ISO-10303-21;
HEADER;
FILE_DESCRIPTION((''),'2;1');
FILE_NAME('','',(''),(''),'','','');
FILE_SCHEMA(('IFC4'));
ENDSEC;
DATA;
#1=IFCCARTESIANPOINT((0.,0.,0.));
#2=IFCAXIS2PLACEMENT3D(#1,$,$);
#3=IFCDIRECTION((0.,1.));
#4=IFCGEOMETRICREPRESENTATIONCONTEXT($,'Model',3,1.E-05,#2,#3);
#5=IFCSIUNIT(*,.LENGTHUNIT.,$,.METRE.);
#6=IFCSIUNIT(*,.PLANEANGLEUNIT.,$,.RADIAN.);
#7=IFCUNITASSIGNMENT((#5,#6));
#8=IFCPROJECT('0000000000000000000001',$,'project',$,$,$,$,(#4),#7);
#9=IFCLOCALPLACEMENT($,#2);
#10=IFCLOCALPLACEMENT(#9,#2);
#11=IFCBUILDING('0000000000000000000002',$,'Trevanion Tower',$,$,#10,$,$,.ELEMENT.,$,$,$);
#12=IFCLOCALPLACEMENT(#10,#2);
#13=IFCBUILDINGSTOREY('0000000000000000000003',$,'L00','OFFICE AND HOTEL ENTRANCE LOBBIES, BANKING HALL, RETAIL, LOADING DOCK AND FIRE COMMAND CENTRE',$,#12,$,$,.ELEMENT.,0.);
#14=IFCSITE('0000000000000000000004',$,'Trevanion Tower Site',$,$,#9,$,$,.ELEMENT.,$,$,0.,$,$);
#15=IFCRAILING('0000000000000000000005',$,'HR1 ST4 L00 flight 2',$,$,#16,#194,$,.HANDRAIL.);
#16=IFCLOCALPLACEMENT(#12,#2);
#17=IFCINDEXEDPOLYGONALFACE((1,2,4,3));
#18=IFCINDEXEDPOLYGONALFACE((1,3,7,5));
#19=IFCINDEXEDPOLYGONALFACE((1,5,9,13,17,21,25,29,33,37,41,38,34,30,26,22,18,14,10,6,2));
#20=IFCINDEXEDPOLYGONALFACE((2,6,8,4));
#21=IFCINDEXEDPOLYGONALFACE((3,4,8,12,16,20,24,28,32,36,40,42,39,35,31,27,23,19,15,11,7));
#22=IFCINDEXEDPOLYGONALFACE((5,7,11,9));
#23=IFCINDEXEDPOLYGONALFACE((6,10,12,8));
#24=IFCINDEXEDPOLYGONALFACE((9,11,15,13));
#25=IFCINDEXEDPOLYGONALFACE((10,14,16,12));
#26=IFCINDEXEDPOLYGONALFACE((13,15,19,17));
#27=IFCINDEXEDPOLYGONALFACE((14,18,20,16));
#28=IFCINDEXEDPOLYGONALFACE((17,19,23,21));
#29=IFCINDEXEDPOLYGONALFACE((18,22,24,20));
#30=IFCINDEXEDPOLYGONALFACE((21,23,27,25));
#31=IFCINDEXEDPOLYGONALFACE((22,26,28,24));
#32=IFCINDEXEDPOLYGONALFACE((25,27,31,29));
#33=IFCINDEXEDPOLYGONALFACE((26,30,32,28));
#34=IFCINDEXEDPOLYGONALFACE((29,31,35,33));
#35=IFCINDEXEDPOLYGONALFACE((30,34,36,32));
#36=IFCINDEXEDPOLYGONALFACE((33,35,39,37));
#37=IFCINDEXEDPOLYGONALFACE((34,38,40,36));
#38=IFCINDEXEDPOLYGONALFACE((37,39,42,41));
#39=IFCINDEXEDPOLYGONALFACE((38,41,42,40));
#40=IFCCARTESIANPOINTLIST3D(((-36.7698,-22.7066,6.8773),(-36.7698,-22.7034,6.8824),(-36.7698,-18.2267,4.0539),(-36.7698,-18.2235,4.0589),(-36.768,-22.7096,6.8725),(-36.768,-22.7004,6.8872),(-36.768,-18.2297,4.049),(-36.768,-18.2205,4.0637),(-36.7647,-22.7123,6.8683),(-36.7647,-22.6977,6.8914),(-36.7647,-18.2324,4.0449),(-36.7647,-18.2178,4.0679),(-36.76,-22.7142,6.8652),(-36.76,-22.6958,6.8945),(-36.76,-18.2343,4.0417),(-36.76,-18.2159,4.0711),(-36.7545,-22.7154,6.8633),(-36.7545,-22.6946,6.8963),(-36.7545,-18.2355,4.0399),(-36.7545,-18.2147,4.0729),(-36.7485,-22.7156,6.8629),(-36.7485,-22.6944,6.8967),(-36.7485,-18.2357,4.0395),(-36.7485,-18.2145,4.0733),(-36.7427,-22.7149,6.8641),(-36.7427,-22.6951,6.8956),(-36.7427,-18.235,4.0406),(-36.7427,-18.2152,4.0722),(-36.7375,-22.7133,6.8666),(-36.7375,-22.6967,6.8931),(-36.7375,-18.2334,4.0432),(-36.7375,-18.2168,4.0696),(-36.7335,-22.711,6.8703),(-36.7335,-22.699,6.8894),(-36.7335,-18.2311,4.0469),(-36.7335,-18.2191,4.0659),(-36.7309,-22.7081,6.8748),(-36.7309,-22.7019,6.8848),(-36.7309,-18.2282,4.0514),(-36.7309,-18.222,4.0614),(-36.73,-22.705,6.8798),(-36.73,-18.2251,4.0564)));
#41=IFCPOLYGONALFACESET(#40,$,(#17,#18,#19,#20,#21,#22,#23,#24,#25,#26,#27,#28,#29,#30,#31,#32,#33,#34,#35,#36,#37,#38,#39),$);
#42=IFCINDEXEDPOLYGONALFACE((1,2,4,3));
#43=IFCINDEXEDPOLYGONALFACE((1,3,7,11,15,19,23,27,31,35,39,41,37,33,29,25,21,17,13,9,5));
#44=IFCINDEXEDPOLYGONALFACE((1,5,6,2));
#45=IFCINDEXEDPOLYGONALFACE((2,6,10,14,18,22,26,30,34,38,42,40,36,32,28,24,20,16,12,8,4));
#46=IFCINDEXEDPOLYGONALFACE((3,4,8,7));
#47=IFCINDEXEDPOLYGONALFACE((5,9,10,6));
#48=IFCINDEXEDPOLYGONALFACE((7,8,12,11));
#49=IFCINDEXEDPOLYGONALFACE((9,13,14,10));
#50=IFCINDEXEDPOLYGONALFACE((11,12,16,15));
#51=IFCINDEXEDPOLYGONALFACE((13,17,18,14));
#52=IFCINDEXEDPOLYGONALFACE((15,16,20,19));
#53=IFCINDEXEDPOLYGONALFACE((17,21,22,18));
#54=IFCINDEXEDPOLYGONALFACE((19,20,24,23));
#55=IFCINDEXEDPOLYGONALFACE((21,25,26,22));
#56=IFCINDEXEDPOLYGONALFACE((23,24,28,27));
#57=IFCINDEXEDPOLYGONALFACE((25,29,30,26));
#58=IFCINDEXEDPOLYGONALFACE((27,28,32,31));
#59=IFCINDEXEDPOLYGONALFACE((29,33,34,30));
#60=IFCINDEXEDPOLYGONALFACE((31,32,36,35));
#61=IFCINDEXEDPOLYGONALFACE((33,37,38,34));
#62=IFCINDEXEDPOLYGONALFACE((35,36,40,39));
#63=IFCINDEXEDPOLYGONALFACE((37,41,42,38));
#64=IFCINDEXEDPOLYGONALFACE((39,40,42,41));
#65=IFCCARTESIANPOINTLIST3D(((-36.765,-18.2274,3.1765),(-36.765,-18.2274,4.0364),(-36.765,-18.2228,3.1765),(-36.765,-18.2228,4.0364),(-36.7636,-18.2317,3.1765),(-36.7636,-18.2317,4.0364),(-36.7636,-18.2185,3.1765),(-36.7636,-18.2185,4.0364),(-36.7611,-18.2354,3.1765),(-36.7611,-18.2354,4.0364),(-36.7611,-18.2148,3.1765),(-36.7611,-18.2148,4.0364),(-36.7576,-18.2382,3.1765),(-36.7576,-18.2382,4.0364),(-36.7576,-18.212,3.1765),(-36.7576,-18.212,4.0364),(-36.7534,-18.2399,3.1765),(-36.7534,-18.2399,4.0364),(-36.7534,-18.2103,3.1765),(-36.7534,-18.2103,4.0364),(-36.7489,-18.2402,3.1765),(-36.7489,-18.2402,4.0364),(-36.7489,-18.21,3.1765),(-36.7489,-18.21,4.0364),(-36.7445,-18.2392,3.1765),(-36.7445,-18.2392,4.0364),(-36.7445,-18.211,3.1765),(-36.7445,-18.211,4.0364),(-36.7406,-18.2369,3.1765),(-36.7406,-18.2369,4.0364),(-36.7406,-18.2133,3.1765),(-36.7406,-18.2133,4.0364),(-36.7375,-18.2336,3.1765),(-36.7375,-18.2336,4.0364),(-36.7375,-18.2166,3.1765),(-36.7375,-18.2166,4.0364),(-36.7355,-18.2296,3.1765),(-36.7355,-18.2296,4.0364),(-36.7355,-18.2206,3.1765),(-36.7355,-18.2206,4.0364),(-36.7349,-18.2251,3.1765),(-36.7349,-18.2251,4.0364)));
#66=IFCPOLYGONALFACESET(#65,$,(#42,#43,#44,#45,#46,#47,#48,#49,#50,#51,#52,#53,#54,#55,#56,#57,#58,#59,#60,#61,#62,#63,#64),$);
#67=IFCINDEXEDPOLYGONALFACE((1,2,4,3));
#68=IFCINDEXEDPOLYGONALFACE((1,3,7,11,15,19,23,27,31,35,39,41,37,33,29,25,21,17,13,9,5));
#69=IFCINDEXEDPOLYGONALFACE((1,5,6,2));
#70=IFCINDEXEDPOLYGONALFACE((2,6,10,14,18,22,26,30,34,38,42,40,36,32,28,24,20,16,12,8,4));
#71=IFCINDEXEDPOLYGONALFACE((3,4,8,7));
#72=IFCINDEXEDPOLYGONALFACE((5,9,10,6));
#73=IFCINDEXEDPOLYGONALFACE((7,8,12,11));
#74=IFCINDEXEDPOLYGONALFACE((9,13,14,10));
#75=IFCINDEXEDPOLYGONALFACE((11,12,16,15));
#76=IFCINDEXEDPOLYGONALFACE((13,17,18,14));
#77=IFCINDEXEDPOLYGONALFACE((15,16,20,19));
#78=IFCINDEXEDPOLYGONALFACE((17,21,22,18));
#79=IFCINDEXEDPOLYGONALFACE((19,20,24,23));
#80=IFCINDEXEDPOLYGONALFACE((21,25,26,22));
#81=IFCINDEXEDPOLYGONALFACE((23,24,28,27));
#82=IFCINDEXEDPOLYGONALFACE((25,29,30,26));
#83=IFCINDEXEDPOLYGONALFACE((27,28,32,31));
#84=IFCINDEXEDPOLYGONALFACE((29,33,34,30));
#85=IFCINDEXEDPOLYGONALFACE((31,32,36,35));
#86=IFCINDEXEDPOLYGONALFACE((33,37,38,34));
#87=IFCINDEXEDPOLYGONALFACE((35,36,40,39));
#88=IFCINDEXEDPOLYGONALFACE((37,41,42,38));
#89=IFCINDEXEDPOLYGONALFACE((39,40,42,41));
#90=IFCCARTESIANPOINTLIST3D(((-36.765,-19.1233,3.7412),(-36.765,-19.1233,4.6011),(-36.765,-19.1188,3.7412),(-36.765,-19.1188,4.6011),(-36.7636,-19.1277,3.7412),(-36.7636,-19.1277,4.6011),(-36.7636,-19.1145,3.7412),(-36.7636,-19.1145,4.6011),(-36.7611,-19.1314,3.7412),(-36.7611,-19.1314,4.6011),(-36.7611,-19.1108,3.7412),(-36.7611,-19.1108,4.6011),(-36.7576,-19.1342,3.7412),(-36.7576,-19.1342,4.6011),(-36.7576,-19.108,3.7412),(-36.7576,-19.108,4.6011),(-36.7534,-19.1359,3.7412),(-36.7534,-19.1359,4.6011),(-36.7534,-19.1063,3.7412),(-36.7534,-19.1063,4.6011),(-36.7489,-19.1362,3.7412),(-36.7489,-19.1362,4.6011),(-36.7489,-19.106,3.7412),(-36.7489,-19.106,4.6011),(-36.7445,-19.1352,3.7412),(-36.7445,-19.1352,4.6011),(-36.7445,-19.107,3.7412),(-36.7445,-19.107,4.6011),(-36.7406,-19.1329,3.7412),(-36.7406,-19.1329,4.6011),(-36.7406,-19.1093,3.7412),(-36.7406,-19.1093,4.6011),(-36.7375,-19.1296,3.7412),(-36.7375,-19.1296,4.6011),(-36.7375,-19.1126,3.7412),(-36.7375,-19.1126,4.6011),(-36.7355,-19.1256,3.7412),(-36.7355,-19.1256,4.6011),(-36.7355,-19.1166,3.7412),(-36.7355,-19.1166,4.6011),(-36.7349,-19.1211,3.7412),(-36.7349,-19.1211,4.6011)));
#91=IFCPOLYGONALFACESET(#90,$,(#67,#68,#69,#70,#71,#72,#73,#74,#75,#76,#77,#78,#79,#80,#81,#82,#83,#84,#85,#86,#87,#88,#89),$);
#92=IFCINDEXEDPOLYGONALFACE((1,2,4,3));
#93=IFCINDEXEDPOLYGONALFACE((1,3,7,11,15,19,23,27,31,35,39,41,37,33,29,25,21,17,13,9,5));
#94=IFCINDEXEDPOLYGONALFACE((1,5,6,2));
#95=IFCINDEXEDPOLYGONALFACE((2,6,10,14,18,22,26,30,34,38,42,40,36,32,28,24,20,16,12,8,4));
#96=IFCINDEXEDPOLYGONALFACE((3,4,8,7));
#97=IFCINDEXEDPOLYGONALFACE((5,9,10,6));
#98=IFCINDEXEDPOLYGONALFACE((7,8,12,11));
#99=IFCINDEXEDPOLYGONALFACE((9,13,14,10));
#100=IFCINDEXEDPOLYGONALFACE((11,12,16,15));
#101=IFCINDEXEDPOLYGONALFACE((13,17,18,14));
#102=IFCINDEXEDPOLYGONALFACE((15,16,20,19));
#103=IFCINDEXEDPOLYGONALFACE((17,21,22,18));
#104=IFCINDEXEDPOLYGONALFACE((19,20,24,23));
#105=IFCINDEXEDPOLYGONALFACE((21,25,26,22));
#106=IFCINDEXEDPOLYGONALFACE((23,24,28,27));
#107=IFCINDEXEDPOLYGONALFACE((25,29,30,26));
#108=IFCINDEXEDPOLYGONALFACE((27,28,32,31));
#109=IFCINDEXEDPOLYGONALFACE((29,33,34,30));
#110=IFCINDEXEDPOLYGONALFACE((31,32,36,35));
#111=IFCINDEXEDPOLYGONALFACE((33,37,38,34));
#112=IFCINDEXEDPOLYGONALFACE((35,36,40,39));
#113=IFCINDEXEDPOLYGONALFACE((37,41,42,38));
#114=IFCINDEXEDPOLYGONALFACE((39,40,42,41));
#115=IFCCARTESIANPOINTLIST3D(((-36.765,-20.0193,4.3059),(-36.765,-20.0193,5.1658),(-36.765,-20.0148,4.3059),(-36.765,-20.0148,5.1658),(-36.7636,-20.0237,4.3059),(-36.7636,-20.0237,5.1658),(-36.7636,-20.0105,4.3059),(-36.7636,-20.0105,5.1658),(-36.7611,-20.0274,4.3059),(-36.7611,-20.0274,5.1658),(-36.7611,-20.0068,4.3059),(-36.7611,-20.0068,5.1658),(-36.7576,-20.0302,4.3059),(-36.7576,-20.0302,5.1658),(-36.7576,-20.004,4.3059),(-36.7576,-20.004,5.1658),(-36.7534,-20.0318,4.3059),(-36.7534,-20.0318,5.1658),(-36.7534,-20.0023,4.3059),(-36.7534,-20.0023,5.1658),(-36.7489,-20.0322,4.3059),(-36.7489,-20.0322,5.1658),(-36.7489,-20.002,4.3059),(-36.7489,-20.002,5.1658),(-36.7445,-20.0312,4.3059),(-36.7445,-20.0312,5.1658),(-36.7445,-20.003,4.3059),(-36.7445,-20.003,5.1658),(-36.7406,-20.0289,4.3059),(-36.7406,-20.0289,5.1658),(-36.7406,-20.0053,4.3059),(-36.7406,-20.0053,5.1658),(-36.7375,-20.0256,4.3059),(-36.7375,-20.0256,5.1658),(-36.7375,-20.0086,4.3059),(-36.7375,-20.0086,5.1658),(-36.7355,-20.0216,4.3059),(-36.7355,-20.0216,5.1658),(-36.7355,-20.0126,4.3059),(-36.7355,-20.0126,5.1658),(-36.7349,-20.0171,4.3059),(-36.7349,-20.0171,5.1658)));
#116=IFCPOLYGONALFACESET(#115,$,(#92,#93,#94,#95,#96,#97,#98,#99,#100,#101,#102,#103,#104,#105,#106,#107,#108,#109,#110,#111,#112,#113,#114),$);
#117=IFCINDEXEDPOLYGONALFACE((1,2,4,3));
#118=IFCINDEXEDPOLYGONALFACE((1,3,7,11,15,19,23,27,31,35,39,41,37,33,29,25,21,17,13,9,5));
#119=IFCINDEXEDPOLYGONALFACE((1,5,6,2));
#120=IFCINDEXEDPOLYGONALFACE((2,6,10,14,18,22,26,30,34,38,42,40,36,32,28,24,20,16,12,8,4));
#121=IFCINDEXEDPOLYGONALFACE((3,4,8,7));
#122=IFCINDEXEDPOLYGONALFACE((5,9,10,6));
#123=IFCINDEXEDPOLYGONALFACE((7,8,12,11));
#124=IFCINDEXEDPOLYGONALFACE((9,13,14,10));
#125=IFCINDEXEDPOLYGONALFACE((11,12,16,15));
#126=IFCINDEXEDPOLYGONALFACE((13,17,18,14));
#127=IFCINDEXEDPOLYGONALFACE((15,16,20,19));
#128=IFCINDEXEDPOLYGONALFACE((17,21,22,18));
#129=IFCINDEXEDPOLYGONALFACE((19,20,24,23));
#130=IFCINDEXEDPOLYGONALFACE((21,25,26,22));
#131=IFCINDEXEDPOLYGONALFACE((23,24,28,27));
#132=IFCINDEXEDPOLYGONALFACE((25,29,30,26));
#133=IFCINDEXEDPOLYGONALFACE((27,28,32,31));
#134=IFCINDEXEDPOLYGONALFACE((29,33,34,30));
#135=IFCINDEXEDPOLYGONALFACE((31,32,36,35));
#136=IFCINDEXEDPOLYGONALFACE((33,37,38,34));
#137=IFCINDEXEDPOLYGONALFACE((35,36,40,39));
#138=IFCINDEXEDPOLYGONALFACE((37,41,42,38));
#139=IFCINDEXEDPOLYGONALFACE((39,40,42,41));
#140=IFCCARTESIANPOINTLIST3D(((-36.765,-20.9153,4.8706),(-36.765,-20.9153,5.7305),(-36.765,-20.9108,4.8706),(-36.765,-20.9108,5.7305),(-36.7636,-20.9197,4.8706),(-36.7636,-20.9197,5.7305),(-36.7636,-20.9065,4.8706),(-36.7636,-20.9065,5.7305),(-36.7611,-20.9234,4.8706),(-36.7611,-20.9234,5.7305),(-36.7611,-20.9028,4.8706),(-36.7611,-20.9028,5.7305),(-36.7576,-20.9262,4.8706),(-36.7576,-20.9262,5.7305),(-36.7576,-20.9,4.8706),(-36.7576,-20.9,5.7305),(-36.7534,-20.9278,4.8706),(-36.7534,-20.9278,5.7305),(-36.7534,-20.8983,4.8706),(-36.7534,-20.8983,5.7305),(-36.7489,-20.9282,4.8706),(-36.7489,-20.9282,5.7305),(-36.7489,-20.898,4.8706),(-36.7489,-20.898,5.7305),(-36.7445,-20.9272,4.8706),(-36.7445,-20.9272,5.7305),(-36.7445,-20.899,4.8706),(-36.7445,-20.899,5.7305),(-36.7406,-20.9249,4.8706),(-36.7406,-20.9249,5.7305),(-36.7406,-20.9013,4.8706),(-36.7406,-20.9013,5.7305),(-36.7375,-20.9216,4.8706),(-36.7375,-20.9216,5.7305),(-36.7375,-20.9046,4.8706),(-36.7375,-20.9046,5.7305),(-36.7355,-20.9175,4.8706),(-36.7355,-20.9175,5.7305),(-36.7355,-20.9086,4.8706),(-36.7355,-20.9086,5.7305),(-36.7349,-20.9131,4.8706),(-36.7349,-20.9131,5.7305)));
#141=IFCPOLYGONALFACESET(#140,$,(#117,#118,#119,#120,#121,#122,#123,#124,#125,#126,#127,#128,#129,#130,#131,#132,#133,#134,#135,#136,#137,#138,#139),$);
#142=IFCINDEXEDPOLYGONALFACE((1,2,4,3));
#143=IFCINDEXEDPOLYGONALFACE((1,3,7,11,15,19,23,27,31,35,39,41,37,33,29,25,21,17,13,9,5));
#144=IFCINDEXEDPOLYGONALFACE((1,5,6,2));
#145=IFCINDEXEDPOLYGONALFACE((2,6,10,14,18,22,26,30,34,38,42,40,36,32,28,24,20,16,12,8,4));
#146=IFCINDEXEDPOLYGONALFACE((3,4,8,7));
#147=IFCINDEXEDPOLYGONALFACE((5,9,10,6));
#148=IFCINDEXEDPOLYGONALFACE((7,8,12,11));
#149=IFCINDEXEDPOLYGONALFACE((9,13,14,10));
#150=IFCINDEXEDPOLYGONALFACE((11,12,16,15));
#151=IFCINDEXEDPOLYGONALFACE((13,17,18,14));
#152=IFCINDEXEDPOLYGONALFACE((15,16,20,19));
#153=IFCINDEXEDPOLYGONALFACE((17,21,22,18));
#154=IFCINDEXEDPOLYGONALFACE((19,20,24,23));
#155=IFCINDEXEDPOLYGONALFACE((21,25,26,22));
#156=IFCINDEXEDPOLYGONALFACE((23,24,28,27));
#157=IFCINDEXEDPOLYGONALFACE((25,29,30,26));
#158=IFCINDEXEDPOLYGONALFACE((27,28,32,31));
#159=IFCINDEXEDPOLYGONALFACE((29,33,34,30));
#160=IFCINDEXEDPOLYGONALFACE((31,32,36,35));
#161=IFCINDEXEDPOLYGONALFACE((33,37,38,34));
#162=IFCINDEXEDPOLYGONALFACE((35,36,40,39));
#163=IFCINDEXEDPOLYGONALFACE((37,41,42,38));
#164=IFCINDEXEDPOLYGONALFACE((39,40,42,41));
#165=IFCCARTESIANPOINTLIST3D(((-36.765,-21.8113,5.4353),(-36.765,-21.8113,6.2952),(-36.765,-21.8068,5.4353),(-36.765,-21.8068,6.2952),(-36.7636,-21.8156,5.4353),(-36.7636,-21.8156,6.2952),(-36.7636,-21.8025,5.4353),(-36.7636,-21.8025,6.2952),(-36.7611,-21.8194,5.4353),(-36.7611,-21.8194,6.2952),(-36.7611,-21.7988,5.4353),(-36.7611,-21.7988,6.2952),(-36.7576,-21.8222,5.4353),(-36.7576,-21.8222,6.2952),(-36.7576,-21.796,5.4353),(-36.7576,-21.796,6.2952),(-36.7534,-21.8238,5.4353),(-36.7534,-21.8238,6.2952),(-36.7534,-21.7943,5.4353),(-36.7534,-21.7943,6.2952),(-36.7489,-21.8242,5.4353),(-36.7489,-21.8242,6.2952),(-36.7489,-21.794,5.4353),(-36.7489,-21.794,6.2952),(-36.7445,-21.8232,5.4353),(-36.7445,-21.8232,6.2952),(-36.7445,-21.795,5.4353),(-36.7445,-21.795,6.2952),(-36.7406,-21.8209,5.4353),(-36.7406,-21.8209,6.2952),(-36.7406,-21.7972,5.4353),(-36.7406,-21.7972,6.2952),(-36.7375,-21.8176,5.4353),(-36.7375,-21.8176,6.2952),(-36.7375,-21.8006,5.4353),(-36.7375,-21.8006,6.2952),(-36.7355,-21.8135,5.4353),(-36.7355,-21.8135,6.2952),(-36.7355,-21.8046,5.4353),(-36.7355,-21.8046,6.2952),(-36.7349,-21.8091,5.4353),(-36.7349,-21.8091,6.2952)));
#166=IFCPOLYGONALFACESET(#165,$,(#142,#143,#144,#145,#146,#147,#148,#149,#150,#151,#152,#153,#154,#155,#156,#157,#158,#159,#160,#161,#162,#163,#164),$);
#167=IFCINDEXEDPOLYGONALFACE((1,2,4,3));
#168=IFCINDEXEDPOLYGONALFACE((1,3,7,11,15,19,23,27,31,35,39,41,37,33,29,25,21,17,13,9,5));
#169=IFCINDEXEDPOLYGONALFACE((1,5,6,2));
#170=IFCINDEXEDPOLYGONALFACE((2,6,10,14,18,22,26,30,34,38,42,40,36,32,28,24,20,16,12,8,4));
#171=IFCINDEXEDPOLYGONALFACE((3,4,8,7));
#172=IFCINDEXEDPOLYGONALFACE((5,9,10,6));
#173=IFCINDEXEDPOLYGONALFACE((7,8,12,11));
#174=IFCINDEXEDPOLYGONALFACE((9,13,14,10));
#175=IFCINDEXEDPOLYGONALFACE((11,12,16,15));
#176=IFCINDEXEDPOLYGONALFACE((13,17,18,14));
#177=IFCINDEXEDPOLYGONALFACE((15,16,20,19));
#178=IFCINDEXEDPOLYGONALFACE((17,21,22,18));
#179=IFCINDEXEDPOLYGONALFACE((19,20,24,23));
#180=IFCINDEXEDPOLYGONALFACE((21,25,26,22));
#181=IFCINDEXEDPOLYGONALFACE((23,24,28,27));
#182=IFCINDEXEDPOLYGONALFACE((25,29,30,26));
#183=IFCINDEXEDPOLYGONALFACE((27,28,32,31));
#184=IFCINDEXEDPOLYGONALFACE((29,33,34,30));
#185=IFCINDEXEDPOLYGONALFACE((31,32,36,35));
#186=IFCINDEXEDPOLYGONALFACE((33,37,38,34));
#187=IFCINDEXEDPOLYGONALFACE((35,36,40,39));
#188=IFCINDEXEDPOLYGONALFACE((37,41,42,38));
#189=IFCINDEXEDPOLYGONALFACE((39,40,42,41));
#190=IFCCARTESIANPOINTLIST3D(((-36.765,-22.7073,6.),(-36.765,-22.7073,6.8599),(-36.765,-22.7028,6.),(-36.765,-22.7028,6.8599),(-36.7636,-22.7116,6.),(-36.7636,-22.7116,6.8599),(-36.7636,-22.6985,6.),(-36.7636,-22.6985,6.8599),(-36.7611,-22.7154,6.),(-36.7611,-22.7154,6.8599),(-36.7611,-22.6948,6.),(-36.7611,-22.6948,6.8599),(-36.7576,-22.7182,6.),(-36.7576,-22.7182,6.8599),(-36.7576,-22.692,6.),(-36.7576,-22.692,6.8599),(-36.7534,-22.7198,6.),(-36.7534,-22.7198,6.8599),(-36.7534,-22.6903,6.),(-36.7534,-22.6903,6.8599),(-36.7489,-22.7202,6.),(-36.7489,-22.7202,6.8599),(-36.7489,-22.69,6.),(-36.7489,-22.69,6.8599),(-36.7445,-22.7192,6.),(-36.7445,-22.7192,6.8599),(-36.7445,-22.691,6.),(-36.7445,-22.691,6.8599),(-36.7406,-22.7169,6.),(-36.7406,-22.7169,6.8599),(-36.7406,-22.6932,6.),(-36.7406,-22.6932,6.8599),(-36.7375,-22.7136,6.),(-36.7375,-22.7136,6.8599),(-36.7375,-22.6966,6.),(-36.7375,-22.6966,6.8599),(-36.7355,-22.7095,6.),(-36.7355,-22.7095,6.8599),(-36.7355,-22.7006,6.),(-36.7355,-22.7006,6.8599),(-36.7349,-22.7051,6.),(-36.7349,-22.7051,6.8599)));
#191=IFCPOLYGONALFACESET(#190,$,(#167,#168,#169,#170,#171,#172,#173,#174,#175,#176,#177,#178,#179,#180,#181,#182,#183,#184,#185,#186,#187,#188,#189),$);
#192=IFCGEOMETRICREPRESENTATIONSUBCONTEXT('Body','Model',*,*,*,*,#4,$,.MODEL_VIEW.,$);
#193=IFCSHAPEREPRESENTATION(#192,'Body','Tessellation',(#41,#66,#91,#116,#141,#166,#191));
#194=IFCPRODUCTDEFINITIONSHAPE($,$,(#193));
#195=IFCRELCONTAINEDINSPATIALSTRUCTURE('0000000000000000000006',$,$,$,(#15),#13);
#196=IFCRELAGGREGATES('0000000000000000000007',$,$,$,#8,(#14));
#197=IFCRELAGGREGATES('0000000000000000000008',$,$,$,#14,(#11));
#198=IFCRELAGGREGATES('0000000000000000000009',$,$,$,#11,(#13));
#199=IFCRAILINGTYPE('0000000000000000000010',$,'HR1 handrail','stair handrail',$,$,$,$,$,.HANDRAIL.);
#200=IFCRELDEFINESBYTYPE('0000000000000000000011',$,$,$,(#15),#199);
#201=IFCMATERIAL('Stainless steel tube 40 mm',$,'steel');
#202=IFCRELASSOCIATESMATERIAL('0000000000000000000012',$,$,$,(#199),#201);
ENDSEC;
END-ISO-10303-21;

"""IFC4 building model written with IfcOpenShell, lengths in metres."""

from ifc_helpers import new_model, si_unit, direction, frame, origin, origin_2d, place, context, subcontext, project, spatial, circle, extrude, material, type_object, element, save


model = new_model("IFC4")

# Units and contexts
model_context = context("Model", 3, precision=1e-05, world=origin(), true_north=direction((0.0, 1.0)))
body_context = subcontext(model_context, "Body", "Model", "MODEL_VIEW")
ifc_project = project(units=[si_unit("LENGTHUNIT", "METRE"), si_unit("PLANEANGLEUNIT", "RADIAN")], contexts=[model_context])

# Site, building, storey
site_placement = place(None, origin())
site = spatial("IfcSite", under=ifc_project, at=site_placement, Name="Trevanion Tower Site", CompositionType="ELEMENT", RefElevation=0.0)
building_placement = place(site_placement, origin())
building = spatial("IfcBuilding", under=site, at=building_placement, Name="Trevanion Tower", CompositionType="ELEMENT")
storey_placement = place(building_placement, origin())
storey = spatial("IfcBuildingStorey", under=building, at=storey_placement, Name="L00", Description="OFFICE AND HOTEL ENTRANCE LOBBIES, BANKING HALL, RETAIL, LOADING DOCK AND FIRE COMMAND CENTRE", CompositionType="ELEMENT", Elevation=0.0)

# Railing
ifc_material_1 = material(Name="Stainless steel tube 40 mm", Category="steel")
railing_type_1 = type_object("IfcRailingType", Name="HR1 handrail", Description="stair handrail", PredefinedType="HANDRAIL", material=ifc_material_1)
for number, where, name in (
    (1, (-36.75, -18.2251, 3.1765), "HR1 ST4 L00 flight 2"),
):
    element("IfcRailing", number, at=place(storey_placement, frame(where)), inside=storey, type_object=railing_type_1, Name=name, PredefinedType="HANDRAIL", context=body_context, shape_type="SweptSolid", body=[
        extrude(circle(Radius=0.02, at=origin_2d()), frame((0.0, 0.0, 0.8799), z_axis=(0.0, -0.845998, 0.533186), x_axis=(1.0, 0.0, 0.0)), (0.0, 0.0, 1.0), 5.2954),
        extrude(circle(Radius=0.0151, at=origin_2d()), origin(), (0.0, 0.0, 1.0), 0.8599),
        extrude(circle(Radius=0.0151, at=origin_2d()), frame((0.0, -0.896, 0.5647)), (0.0, 0.0, 1.0), 0.8599),
        extrude(circle(Radius=0.0151, at=origin_2d()), frame((0.0, -1.792, 1.1294)), (0.0, 0.0, 1.0), 0.8599),
        extrude(circle(Radius=0.0151, at=origin_2d()), frame((0.0, -2.688, 1.6941)), (0.0, 0.0, 1.0), 0.8599),
        extrude(circle(Radius=0.0151, at=origin_2d()), frame((0.0, -3.584, 2.2588)), (0.0, 0.0, 1.0), 0.8599),
        extrude(circle(Radius=0.0151, at=origin_2d()), frame((0.0, -4.48, 2.8235)), (0.0, 0.0, 1.0), 0.8599),
    ])

save(model, "model.ifc")
